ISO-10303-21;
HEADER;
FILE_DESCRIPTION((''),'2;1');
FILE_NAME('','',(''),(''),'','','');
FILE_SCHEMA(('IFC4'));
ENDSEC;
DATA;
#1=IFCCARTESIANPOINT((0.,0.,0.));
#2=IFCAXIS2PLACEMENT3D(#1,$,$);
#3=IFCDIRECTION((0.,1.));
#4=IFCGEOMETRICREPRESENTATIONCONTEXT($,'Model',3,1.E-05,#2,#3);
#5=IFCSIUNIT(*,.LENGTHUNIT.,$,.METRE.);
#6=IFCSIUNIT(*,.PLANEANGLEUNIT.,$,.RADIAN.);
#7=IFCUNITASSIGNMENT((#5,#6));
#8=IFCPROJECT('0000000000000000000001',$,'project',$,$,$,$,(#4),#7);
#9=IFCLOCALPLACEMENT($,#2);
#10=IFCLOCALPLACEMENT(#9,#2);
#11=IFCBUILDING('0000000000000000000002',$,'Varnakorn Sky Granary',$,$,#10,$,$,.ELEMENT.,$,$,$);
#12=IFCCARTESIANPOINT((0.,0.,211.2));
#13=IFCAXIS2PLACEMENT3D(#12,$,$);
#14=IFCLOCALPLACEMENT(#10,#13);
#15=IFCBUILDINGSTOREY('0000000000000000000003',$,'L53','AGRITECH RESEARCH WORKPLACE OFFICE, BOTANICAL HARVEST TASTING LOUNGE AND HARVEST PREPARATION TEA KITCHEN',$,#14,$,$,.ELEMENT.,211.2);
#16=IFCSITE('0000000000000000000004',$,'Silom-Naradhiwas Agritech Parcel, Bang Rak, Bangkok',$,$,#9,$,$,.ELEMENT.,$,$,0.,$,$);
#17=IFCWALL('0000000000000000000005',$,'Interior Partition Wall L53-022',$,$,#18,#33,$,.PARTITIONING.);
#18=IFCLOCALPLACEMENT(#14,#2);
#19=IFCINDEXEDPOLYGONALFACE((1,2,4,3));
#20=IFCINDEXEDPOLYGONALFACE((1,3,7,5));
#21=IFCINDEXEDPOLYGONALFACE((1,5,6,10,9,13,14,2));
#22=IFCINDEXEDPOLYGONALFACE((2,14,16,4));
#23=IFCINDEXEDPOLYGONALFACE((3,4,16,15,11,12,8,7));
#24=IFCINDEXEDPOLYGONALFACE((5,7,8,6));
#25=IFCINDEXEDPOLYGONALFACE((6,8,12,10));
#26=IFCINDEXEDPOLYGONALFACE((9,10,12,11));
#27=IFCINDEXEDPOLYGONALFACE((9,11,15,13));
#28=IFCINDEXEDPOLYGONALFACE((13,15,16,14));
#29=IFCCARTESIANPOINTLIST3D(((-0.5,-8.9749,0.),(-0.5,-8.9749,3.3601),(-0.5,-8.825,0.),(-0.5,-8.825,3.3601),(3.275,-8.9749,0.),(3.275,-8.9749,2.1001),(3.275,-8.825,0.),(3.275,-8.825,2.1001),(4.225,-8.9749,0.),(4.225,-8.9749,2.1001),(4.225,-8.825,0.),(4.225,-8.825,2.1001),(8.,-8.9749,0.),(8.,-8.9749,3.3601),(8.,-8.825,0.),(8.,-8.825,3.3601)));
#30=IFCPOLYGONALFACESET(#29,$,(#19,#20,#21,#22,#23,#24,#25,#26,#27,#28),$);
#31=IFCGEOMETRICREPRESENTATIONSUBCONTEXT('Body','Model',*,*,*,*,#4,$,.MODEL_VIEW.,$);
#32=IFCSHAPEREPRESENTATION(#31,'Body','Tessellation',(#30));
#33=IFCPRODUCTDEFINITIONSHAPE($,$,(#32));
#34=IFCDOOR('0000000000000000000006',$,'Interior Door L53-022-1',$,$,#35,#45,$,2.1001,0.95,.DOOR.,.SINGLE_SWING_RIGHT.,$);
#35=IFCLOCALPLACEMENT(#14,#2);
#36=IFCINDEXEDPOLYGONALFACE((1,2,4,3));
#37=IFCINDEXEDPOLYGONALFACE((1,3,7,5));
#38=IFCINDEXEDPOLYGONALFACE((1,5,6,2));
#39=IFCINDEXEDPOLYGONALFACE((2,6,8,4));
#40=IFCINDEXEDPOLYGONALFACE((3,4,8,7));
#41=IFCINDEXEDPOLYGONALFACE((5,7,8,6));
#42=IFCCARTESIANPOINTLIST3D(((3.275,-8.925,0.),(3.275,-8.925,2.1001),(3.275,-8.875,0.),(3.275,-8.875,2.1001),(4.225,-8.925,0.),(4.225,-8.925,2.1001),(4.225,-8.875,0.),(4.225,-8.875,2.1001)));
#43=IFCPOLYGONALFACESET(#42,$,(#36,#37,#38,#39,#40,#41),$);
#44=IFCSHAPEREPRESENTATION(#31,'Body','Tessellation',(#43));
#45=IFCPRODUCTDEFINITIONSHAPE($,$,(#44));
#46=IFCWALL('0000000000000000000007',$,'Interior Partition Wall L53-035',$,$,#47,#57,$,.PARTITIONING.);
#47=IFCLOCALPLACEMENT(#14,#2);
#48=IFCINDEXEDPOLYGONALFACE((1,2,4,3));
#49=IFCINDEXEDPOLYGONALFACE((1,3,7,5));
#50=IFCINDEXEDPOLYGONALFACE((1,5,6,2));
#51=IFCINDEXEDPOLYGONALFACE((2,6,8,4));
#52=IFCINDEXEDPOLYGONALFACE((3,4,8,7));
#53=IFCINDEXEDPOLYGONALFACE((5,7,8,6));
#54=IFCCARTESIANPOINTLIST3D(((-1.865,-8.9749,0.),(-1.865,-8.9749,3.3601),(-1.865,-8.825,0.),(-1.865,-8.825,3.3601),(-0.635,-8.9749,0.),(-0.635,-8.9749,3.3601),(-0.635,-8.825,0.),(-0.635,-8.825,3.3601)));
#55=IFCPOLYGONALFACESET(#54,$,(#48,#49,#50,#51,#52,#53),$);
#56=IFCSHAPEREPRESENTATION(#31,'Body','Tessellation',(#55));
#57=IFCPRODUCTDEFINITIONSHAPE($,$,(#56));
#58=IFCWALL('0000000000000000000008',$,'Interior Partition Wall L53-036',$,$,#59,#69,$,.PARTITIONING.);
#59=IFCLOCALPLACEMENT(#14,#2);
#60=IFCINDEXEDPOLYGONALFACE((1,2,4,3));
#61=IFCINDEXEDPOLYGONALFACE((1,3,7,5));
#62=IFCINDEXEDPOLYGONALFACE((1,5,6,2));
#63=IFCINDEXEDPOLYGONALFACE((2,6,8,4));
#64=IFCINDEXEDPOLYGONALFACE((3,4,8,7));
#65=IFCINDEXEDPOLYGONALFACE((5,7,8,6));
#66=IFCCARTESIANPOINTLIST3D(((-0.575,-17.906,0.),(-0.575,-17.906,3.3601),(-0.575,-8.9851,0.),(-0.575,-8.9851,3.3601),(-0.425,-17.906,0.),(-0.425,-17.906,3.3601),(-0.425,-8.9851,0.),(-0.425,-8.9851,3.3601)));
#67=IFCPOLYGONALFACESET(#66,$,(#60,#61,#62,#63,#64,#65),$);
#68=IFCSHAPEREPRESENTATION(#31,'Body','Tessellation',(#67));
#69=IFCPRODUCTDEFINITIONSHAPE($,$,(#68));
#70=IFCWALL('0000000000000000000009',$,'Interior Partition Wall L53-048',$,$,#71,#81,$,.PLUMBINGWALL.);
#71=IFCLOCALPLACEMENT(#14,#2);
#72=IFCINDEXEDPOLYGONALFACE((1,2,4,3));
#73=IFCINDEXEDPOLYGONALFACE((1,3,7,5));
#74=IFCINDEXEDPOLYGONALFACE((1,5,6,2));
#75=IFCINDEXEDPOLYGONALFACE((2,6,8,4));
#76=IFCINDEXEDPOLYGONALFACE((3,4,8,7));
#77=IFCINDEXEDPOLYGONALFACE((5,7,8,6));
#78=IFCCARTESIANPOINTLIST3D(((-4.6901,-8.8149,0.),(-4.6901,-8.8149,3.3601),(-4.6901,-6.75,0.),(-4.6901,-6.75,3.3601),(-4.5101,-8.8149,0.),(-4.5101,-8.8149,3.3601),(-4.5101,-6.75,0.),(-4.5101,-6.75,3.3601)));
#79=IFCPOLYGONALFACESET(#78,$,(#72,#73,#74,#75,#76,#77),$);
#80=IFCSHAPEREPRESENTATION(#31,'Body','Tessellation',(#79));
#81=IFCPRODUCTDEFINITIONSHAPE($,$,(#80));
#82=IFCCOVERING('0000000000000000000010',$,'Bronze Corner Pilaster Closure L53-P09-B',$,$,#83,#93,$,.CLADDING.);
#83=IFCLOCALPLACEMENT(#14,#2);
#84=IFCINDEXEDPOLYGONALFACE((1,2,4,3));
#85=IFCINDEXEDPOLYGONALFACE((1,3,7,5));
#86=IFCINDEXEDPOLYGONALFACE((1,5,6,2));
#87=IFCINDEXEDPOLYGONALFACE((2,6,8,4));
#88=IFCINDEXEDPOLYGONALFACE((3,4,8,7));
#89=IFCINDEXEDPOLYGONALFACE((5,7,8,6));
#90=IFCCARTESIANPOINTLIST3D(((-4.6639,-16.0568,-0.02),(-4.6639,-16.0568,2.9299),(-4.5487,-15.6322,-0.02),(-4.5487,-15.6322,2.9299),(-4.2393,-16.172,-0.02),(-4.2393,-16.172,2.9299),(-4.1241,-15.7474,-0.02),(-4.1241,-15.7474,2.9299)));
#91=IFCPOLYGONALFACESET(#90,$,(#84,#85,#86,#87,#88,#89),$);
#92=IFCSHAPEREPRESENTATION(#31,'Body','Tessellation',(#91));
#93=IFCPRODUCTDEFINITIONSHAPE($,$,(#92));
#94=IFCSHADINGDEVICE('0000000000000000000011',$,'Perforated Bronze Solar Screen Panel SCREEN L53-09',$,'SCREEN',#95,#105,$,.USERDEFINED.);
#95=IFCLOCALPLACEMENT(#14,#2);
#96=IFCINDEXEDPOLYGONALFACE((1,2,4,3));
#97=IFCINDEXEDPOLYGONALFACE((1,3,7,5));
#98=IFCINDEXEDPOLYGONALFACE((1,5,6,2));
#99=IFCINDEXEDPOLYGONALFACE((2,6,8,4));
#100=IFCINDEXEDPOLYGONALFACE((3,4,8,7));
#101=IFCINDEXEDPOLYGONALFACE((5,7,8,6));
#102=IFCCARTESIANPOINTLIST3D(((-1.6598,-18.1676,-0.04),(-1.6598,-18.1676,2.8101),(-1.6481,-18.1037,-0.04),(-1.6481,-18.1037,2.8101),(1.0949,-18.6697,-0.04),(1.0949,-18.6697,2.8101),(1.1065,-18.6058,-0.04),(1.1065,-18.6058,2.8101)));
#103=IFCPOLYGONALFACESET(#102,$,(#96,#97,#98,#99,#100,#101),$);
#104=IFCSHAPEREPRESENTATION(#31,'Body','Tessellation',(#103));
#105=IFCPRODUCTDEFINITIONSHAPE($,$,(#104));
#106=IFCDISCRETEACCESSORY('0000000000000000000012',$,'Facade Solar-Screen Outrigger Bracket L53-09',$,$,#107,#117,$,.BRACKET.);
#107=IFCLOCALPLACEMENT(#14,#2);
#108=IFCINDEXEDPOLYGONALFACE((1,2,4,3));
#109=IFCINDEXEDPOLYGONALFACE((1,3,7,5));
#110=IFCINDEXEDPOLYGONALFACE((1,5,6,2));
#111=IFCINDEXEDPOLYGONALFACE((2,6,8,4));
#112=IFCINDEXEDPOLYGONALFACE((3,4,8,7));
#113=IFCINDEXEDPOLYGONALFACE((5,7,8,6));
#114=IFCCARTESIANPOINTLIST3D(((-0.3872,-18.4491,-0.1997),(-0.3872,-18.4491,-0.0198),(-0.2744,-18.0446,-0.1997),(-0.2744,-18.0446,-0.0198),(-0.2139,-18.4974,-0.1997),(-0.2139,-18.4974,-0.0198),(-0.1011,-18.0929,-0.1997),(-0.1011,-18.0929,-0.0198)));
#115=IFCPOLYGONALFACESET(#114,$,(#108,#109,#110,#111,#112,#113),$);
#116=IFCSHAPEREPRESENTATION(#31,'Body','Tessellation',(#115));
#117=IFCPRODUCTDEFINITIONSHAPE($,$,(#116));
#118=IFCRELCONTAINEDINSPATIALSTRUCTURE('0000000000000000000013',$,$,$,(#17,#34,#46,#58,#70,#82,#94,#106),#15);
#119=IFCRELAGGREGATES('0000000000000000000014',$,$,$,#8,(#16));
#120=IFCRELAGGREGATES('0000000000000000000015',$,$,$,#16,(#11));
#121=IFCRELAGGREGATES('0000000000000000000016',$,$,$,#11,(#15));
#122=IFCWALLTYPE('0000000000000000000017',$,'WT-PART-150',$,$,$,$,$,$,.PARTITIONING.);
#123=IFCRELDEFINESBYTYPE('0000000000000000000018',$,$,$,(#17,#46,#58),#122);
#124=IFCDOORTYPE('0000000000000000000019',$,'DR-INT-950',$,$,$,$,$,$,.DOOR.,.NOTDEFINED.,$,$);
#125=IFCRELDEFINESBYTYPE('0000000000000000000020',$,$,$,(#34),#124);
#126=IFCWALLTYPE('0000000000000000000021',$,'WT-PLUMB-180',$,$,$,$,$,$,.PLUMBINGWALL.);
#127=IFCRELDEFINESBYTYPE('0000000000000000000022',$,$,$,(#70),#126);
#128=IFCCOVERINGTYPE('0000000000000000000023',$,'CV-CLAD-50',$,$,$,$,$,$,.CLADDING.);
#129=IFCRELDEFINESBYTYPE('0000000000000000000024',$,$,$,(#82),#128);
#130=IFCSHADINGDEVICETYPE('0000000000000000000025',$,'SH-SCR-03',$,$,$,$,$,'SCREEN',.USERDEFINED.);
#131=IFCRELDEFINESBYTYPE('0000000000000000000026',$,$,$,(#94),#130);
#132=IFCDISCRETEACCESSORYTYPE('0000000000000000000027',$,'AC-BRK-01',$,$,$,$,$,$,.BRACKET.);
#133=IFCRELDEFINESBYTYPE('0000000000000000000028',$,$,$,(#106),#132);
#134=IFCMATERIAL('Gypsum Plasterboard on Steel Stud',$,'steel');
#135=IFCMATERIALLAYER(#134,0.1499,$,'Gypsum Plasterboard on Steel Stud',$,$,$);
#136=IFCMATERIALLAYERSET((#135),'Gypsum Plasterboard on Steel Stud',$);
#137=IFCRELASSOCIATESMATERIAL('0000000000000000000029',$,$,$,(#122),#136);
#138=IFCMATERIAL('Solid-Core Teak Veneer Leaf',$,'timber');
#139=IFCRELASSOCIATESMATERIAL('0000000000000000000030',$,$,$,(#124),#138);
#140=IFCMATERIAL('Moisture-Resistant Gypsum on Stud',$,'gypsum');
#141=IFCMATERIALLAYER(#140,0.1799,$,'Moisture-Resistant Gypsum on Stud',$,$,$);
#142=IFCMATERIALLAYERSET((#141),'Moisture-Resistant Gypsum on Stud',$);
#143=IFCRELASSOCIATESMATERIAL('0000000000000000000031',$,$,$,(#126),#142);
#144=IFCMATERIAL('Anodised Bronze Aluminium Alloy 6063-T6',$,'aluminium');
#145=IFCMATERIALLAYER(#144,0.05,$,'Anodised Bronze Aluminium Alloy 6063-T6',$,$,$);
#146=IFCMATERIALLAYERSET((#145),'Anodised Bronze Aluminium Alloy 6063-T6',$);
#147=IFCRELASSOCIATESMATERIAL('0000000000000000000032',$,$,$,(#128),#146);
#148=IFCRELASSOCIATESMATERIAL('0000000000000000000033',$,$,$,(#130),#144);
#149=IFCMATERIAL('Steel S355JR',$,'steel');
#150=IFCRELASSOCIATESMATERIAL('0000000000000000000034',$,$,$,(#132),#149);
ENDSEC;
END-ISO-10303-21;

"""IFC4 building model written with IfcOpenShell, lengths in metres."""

from ifc_helpers import new_model, si_unit, direction, frame, frame_2d, origin, origin_2d, place, context, subcontext, project, spatial, rectangle, extrude, source, transform, mapped, material, layer, layer_set, type_object, type_shapes, element, fill, save


model = new_model("IFC4")

# Units and contexts
model_context = context("Model", 3, precision=1e-05, world=origin(), true_north=direction((0.0, 1.0)))
body_context = subcontext(model_context, "Body", "Model", "MODEL_VIEW")
ifc_project = project(units=[si_unit("LENGTHUNIT", "METRE"), si_unit("PLANEANGLEUNIT", "RADIAN")], contexts=[model_context])

# Site, building, storey
site_placement = place(None, origin())
site = spatial("IfcSite", under=ifc_project, at=site_placement, Name="Silom-Naradhiwas Agritech Parcel, Bang Rak, Bangkok", CompositionType="ELEMENT", RefElevation=0.0)
building_placement = place(site_placement, origin())
building = spatial("IfcBuilding", under=site, at=building_placement, Name="Varnakorn Sky Granary", CompositionType="ELEMENT")
storey_placement = place(building_placement, frame((0.0, 0.0, 211.2)))
storey = spatial("IfcBuildingStorey", under=building, at=storey_placement, Name="L53", Description="AGRITECH RESEARCH WORKPLACE OFFICE, BOTANICAL HARVEST TASTING LOUNGE AND HARVEST PREPARATION TEA KITCHEN", CompositionType="ELEMENT", Elevation=211.2)

# Shared definitions
ifc_material_1 = material(Name="Steel S355JR", Category="steel")

# Shared definitions
ifc_material_2 = material(Name="Anodised Bronze Aluminium Alloy 6063-T6", Category="aluminium")

# Wall, opening, door
ifc_material_3 = material(Name="Gypsum Plasterboard on Steel Stud", Category="steel")
ifc_layer_1 = layer(ifc_material_3, 0.1499, Name="Gypsum Plasterboard on Steel Stud")
ifc_layer_set_1 = layer_set([ifc_layer_1], Name="Gypsum Plasterboard on Steel Stud")
wall_type_1 = type_object("IfcWallType", Name="WT-PART-150", PredefinedType="PARTITIONING", material=ifc_layer_set_1)
ifc_material_4 = material(Name="Solid-Core Teak Veneer Leaf", Category="timber")
door_type = type_object("IfcDoorType", Name="DR-INT-950", OperationType="NOTDEFINED", PredefinedType="DOOR", material=ifc_material_4)
wall_1_placement = place(storey_placement, frame((-0.5, -8.8999, 0.0), z_axis=(0.0, 0.0, 1.0), x_axis=(1.0, 0.0, 0.0)))
wall_1 = element("IfcWall", 1, at=wall_1_placement, inside=storey, type_object=wall_type_1, Name="Interior Partition Wall L53-022", PredefinedType="PARTITIONING", context=body_context, shape_type="SweptSolid", body=[
    extrude(rectangle(XDim=8.5, YDim=0.1499, at=frame_2d((4.25, 0.0))), origin(), (0.0, 0.0, 1.0), 3.3601),
])
opening_1_placement = place(wall_1_placement, frame((3.7749, 0.0, 0.0)))
opening_1 = element("IfcOpeningElement", 2, at=opening_1_placement, cuts=wall_1, PredefinedType="OPENING", context=body_context, shape_type="SweptSolid", body=[
    extrude(rectangle(XDim=0.95, YDim=2.1001, at=frame_2d((0.4751, 1.05))), frame((0.0, 0.085, 0.0), z_axis=(0.0, -1.0, 0.0), x_axis=(1.0, 0.0, 0.0)), (0.0, 0.0, 1.0), 0.1699),
])
door_1_placement = place(opening_1_placement, origin())
door_1 = element("IfcDoor", 3, at=door_1_placement, inside=storey, type_object=door_type, Name="Interior Door L53-022-1", OperationType="SINGLE_SWING_RIGHT", OverallHeight=2.1001, OverallWidth=0.95, PredefinedType="DOOR", context=body_context, shape_type="SweptSolid", body=[
    extrude(rectangle(XDim=0.95, YDim=2.1001, at=frame_2d((0.4751, 1.05))), frame((0.0, 0.0249, 0.0), z_axis=(0.0, -1.0, 0.0), x_axis=(1.0, 0.0, 0.0)), (0.0, 0.0, 1.0), 0.05),
])
fill(opening_1, door_1)

# Walls
wall_2_placement = place(storey_placement, frame((-1.865, -8.8999, 0.0), z_axis=(0.0, 0.0, 1.0), x_axis=(1.0, 0.0, 0.0)))
element("IfcWall", 4, at=wall_2_placement, inside=storey, type_object=wall_type_1, Name="Interior Partition Wall L53-035", PredefinedType="PARTITIONING", context=body_context, shape_type="SweptSolid", body=[
    extrude(rectangle(XDim=1.23, YDim=0.1499, at=frame_2d((0.615, 0.0))), origin(), (0.0, 0.0, 1.0), 3.3601),
])
wall_3_placement = place(storey_placement, frame((-0.5, -8.9851, 0.0), z_axis=(0.0, 0.0, 1.0), x_axis=(0.0, -1.0, 0.0)))
element("IfcWall", 5, at=wall_3_placement, inside=storey, type_object=wall_type_1, Name="Interior Partition Wall L53-036", PredefinedType="PARTITIONING", context=body_context, shape_type="SweptSolid", body=[
    extrude(rectangle(XDim=8.9209, YDim=0.1499, at=frame_2d((4.4604, 0.0))), origin(), (0.0, 0.0, 1.0), 3.3601),
])
ifc_material_5 = material(Name="Moisture-Resistant Gypsum on Stud", Category="gypsum")
ifc_layer_2 = layer(ifc_material_5, 0.1799, Name="Moisture-Resistant Gypsum on Stud")
ifc_layer_set_2 = layer_set([ifc_layer_2], Name="Moisture-Resistant Gypsum on Stud")
wall_type_2 = type_object("IfcWallType", Name="WT-PLUMB-180", PredefinedType="PLUMBINGWALL", material=ifc_layer_set_2)
wall_4_placement = place(storey_placement, frame((-4.6001, -6.75, 0.0), z_axis=(0.0, 0.0, 1.0), x_axis=(0.0, -1.0, 0.0)))
element("IfcWall", 6, at=wall_4_placement, inside=storey, type_object=wall_type_2, Name="Interior Partition Wall L53-048", PredefinedType="PLUMBINGWALL", context=body_context, shape_type="SweptSolid", body=[
    extrude(rectangle(XDim=2.0649, YDim=0.1799, at=frame_2d((1.0325, 0.0))), origin(), (0.0, 0.0, 1.0), 3.3601),
])

# Covering
ifc_layer_3 = layer(ifc_material_2, 0.05, Name="Anodised Bronze Aluminium Alloy 6063-T6")
ifc_layer_set_3 = layer_set([ifc_layer_3], Name="Anodised Bronze Aluminium Alloy 6063-T6")
covering_type = type_object("IfcCoveringType", Name="CV-CLAD-50", PredefinedType="CLADDING", material=ifc_layer_set_3)
shared_shape_1 = source(origin(), body_context, "Body", "SweptSolid", [
    extrude(rectangle(XDim=0.4399, YDim=0.4399, at=origin_2d()), origin(), (0.0, 0.0, 1.0), 2.95),
])
type_shapes(covering_type, [shared_shape_1])
covering_placement = place(storey_placement, frame((-4.394, -15.9021, -0.02), z_axis=(0.0, 0.0, 1.0), x_axis=(-0.965108, 0.261852, 0.0)))
element("IfcCovering", 7, at=covering_placement, inside=storey, type_object=covering_type, Name="Bronze Corner Pilaster Closure L53-P09-B", PredefinedType="CLADDING", context=body_context, shape_type="MappedRepresentation", body=[
    mapped(shared_shape_1, transform((0.0, 0.0, 0.0), x_axis=(1.0, 0.0, 0.0), y_axis=(0.0, 1.0, 0.0), z_axis=(0.0, 0.0, 1.0), scale=1.0)),
])

# Shading device
shading_device_type = type_object("IfcShadingDeviceType", Name="SH-SCR-03", ElementType="SCREEN", PredefinedType="USERDEFINED", material=ifc_material_2)
shared_shape_2 = source(origin(), body_context, "Body", "SweptSolid", [
    extrude(rectangle(XDim=2.8, YDim=0.0649, at=origin_2d()), origin(), (0.0, 0.0, 1.0), 2.8501),
])
type_shapes(shading_device_type, [shared_shape_2])
shading_device_placement = place(storey_placement, frame((-0.2766, -18.3867, -0.04), z_axis=(0.0, 0.0, 1.0), x_axis=(0.983794, -0.179303, 0.0)))
element("IfcShadingDevice", 8, at=shading_device_placement, inside=storey, type_object=shading_device_type, Name="Perforated Bronze Solar Screen Panel SCREEN L53-09", ObjectType="SCREEN", PredefinedType="USERDEFINED", context=body_context, shape_type="MappedRepresentation", body=[
    mapped(shared_shape_2, transform((0.0, 0.0, 0.0), x_axis=(1.0, 0.0, 0.0), y_axis=(0.0, 1.0, 0.0), z_axis=(0.0, 0.0, 1.0), scale=1.0)),
])

# Discrete accessory
discrete_accessory_type = type_object("IfcDiscreteAccessoryType", Name="AC-BRK-01", PredefinedType="BRACKET", material=ifc_material_1)
shared_shape_3 = source(origin(), body_context, "Body", "SweptSolid", [
    extrude(rectangle(XDim=0.1799, YDim=0.4199, at=origin_2d()), origin(), (0.0, 0.0, 1.0), 0.1799),
])
type_shapes(discrete_accessory_type, [shared_shape_3])
discrete_accessory_placement = place(storey_placement, frame((-0.2441, -18.271, -0.1997), z_axis=(0.0, 0.0, 1.0), x_axis=(0.96326, -0.26857, 0.0)))
element("IfcDiscreteAccessory", 9, at=discrete_accessory_placement, inside=storey, type_object=discrete_accessory_type, Name="Facade Solar-Screen Outrigger Bracket L53-09", PredefinedType="BRACKET", context=body_context, shape_type="MappedRepresentation", body=[
    mapped(shared_shape_3, transform((0.0, 0.0, 0.0), x_axis=(1.0, 0.0, 0.0), y_axis=(0.0, 1.0, 0.0), z_axis=(0.0, 0.0, 1.0), scale=1.0)),
])

save(model, "model.ifc")
